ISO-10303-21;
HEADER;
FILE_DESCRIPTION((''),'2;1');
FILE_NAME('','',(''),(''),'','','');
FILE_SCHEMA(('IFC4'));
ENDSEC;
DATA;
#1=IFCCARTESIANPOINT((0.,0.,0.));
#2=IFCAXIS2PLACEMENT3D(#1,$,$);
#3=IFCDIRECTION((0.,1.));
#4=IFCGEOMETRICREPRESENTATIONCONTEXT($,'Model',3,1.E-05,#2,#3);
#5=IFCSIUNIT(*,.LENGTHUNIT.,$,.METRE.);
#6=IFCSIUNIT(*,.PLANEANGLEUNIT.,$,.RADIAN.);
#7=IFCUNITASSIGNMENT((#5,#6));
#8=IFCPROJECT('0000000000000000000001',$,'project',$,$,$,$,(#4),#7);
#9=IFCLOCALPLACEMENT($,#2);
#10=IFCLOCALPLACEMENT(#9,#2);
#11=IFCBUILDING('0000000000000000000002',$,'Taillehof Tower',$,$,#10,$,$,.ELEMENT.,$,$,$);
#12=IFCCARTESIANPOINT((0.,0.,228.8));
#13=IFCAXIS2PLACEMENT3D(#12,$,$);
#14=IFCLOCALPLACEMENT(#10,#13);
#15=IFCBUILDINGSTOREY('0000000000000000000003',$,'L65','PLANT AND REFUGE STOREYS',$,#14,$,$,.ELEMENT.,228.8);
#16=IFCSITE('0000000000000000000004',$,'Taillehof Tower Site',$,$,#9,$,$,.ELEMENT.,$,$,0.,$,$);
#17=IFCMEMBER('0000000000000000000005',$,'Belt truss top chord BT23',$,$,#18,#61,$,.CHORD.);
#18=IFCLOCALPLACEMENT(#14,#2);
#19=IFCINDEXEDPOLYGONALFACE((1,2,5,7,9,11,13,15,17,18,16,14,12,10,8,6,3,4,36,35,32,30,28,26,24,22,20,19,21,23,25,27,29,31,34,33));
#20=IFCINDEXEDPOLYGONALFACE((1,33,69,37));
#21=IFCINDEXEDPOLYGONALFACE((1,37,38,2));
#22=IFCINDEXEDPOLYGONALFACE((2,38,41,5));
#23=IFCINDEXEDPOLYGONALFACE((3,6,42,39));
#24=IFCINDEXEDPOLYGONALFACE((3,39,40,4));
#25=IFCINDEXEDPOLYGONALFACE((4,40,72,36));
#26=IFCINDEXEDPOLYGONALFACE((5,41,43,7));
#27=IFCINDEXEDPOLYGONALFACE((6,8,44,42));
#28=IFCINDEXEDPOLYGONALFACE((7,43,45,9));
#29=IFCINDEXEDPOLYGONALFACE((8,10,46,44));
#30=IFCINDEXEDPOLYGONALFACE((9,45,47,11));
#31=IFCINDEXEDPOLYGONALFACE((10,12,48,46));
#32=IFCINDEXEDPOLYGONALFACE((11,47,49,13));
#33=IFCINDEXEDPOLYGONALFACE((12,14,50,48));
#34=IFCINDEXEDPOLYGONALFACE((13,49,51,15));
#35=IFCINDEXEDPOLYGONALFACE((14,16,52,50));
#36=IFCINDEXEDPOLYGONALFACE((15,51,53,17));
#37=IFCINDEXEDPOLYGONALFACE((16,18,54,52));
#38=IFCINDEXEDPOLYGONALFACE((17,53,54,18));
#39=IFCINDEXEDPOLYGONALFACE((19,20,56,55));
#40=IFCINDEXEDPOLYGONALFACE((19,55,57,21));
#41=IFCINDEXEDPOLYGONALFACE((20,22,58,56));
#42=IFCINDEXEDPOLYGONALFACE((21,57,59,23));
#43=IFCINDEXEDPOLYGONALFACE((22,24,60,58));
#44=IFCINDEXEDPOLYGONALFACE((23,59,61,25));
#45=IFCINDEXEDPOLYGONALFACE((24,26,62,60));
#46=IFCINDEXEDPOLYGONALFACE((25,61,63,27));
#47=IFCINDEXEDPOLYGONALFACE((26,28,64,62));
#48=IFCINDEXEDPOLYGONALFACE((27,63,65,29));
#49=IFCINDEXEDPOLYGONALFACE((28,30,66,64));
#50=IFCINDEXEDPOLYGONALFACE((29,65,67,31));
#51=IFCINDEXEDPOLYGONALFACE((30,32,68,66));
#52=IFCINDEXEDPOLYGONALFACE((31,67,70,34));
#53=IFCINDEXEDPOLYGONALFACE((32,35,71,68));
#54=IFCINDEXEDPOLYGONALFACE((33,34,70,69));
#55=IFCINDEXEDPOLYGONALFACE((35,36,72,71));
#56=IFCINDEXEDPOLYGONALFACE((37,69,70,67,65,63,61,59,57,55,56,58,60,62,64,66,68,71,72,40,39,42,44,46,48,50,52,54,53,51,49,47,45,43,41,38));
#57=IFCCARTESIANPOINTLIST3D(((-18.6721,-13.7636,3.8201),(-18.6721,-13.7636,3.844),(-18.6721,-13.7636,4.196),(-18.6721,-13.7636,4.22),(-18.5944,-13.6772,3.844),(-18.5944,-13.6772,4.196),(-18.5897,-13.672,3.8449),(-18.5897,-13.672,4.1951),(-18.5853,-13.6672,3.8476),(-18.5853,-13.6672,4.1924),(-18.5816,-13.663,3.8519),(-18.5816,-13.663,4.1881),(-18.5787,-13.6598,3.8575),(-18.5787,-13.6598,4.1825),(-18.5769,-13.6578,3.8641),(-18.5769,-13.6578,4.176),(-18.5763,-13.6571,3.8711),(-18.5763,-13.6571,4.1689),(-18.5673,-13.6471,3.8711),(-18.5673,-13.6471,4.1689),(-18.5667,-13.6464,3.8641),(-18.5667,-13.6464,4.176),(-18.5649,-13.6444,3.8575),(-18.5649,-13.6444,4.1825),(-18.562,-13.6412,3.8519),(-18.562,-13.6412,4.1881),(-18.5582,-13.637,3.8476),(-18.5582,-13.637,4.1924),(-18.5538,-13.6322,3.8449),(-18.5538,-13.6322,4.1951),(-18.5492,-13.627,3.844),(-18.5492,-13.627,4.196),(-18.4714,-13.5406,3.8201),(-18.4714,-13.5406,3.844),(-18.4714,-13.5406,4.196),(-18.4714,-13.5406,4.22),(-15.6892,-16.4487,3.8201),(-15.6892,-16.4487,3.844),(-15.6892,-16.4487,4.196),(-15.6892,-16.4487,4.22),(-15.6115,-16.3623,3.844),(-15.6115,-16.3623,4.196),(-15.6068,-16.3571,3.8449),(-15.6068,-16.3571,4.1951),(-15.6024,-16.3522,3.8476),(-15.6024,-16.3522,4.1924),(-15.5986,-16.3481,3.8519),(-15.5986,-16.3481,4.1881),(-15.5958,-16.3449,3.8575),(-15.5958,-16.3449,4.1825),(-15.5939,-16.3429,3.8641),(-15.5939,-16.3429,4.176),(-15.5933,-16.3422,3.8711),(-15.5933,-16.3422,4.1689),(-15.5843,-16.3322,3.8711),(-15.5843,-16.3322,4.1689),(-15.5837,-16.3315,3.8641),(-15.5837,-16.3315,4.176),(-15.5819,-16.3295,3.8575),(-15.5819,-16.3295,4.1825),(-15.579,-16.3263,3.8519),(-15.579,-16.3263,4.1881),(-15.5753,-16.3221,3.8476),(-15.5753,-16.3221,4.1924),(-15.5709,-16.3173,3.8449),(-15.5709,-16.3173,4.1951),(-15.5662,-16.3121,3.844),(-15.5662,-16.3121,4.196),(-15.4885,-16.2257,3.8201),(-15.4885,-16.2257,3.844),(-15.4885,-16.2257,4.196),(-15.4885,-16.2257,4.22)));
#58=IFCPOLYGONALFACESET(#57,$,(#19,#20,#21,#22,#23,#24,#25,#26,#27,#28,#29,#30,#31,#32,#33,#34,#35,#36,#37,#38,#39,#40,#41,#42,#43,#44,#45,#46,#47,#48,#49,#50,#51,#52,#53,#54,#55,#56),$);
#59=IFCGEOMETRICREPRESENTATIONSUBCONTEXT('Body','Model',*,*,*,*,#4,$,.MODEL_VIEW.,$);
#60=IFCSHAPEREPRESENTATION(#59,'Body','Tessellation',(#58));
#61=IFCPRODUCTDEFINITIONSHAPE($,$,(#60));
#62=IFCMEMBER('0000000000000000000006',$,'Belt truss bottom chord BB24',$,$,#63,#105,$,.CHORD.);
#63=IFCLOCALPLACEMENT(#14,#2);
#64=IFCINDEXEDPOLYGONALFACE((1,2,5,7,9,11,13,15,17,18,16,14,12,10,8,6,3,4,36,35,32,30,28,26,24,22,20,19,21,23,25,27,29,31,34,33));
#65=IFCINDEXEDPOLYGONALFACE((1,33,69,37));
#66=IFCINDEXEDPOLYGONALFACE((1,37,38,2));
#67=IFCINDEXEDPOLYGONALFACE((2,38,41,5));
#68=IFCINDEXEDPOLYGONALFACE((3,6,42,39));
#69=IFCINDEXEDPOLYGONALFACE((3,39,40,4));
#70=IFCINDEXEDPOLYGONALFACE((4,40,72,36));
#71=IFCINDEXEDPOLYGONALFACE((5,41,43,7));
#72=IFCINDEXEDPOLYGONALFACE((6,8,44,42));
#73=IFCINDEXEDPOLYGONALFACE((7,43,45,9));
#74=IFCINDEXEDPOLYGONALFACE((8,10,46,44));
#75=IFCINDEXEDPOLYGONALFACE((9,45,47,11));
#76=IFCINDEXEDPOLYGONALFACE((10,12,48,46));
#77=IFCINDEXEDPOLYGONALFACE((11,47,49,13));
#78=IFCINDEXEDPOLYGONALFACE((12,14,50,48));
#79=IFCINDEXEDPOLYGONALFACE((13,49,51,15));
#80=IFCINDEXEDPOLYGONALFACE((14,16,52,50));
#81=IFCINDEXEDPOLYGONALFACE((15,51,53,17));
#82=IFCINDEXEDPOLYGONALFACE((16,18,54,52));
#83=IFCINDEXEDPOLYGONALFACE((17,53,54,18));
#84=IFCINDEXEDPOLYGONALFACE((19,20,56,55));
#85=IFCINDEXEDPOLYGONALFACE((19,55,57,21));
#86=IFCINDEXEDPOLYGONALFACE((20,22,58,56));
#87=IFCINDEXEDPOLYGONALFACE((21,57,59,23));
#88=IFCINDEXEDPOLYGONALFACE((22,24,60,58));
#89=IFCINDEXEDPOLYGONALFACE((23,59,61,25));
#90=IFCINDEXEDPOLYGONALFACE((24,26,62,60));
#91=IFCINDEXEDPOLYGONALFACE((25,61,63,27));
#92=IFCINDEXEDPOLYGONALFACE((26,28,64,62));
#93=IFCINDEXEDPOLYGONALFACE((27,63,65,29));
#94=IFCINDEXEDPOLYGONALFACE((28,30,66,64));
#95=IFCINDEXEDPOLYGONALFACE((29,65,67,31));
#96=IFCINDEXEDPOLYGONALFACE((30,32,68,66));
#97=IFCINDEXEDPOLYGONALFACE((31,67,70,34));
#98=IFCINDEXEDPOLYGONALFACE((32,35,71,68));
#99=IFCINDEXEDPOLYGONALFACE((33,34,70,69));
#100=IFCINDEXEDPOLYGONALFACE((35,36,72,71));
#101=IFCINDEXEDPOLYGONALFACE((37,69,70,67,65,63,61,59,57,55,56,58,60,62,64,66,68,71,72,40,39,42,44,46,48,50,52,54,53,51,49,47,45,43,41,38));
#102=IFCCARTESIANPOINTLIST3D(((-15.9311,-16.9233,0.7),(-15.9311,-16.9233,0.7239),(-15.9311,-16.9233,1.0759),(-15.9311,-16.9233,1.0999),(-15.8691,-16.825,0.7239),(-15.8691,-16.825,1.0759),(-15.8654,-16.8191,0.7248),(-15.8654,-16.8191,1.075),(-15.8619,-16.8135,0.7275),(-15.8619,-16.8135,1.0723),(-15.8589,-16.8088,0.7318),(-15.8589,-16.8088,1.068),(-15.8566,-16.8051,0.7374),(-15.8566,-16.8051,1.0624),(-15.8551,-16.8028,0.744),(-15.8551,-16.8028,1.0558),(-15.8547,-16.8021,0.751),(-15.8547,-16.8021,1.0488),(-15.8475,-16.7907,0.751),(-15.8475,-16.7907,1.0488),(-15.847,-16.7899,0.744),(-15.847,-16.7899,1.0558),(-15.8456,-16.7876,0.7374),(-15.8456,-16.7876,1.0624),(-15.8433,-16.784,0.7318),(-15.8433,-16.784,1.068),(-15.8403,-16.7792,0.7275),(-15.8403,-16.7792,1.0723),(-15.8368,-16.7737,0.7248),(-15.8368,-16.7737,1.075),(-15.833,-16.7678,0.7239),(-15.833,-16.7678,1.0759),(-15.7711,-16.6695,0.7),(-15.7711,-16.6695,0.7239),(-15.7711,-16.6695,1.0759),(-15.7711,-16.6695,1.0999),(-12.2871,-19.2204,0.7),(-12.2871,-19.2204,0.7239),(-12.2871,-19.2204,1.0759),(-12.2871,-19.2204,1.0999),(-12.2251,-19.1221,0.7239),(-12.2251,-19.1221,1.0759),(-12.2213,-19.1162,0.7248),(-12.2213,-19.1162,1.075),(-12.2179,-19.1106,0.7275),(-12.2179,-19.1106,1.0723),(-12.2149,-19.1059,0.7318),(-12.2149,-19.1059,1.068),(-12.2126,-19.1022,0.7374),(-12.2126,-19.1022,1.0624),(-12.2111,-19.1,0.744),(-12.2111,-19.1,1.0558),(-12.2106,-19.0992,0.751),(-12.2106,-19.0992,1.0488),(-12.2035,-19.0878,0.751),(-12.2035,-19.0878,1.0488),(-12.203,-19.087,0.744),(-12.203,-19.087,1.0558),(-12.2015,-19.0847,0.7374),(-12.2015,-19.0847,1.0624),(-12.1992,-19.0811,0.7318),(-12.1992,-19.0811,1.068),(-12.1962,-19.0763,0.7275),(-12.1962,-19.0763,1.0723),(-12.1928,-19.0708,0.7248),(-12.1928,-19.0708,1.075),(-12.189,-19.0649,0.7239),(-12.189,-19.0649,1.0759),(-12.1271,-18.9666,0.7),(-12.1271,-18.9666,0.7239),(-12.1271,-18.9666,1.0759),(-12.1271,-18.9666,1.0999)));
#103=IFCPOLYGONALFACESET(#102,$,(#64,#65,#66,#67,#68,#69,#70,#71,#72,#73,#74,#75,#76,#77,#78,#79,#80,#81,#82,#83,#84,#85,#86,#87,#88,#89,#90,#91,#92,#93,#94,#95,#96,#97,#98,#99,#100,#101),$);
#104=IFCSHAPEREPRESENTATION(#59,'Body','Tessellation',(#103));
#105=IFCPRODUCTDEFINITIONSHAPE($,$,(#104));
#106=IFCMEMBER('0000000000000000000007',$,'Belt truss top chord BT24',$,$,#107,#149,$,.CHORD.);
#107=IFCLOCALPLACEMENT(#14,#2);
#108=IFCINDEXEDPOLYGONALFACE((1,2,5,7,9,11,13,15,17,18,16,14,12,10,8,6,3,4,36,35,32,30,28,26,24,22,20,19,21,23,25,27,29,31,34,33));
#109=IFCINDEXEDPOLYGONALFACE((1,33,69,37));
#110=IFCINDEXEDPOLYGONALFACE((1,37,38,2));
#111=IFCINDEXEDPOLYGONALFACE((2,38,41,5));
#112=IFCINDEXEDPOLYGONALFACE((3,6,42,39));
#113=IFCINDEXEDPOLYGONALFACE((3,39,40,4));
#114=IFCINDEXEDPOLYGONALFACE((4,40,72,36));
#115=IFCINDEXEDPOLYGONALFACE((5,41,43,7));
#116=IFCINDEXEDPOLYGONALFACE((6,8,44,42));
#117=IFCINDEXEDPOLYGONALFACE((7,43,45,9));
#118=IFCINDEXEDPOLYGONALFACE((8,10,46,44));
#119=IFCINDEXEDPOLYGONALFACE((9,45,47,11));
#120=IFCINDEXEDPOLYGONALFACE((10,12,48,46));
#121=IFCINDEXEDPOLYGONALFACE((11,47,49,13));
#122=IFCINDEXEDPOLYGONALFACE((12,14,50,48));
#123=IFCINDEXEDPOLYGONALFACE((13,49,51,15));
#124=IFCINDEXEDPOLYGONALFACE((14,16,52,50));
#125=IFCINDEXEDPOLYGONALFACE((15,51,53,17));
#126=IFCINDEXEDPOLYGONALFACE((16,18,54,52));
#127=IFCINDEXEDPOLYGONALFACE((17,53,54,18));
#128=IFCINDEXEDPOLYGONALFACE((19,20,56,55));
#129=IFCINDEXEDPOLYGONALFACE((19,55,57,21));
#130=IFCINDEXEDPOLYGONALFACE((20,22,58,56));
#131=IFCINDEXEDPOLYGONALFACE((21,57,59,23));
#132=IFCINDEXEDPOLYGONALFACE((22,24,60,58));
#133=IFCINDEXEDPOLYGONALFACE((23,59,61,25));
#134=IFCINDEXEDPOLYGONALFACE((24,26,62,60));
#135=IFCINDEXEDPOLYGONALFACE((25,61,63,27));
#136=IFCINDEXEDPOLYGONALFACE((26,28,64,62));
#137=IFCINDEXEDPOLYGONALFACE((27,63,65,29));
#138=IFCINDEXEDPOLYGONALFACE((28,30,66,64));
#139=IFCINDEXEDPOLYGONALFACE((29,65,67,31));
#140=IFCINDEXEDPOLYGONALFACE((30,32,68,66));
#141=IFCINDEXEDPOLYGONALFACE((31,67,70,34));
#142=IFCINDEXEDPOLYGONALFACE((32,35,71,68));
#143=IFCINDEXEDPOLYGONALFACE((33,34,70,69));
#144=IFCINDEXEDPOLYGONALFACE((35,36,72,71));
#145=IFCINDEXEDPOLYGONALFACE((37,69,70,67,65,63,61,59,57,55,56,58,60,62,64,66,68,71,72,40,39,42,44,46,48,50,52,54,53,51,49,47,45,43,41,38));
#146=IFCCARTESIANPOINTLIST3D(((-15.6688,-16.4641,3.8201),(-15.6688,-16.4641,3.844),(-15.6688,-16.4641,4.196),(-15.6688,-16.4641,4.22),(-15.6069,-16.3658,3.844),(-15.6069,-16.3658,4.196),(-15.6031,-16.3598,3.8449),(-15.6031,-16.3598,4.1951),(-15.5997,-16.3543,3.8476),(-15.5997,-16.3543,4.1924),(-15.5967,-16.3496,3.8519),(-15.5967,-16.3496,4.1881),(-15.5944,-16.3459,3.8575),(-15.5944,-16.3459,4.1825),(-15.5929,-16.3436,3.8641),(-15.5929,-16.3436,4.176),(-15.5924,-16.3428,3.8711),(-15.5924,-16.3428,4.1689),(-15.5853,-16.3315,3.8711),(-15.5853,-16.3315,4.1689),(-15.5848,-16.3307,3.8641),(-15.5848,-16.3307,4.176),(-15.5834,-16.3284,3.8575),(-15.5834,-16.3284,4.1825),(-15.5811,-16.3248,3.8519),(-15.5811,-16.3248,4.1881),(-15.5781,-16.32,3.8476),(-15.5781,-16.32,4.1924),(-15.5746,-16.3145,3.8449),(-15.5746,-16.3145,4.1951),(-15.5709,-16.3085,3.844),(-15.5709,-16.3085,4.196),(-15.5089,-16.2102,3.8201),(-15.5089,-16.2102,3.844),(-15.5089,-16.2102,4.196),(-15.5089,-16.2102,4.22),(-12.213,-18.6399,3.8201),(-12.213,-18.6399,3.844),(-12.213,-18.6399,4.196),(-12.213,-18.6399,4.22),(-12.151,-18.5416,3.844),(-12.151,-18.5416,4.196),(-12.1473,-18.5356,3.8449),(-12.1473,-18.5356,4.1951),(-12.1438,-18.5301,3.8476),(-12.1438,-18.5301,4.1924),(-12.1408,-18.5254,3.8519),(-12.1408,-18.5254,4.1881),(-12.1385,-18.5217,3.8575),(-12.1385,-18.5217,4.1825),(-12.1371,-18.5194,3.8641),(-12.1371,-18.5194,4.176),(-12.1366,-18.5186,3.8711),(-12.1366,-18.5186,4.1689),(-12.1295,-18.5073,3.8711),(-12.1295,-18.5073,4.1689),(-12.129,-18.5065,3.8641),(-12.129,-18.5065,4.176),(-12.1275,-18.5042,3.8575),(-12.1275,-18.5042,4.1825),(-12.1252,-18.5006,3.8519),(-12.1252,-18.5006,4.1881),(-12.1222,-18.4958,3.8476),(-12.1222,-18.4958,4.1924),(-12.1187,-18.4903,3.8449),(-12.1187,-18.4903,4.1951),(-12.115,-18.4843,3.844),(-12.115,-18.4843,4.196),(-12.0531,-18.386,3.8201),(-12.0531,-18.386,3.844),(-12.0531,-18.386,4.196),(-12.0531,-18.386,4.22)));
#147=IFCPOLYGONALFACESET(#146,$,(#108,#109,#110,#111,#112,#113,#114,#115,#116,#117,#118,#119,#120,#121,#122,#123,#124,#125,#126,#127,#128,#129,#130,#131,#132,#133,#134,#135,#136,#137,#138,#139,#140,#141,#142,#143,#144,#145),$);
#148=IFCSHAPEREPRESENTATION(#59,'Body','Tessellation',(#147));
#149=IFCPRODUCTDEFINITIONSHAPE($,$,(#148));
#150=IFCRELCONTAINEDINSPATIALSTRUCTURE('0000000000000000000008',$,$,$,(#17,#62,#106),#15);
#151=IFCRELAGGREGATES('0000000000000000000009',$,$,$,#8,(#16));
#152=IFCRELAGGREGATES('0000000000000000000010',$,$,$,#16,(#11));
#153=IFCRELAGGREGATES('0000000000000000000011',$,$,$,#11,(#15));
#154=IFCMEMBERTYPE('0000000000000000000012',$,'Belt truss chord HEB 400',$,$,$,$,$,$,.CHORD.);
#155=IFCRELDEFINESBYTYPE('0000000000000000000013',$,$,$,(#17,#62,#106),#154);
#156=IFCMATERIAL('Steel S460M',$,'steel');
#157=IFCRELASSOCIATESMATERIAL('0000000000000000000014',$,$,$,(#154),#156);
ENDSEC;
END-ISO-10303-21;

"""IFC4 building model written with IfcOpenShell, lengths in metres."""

from ifc_helpers import new_model, si_unit, direction, frame, origin, origin_2d, place, context, subcontext, project, spatial, i_section, extrude, material, material_profile, profile_set, type_object, element, save


model = new_model("IFC4")

# Units and contexts
model_context = context("Model", 3, precision=1e-05, world=origin(), true_north=direction((0.0, 1.0)))
body_context = subcontext(model_context, "Body", "Model", "MODEL_VIEW")
ifc_project = project(units=[si_unit("LENGTHUNIT", "METRE"), si_unit("PLANEANGLEUNIT", "RADIAN")], contexts=[model_context])

# Site, building, storey
site_placement = place(None, origin())
site = spatial("IfcSite", under=ifc_project, at=site_placement, Name="Taillehof Tower Site", CompositionType="ELEMENT", RefElevation=0.0)
building_placement = place(site_placement, origin())
building = spatial("IfcBuilding", under=site, at=building_placement, Name="Taillehof Tower", CompositionType="ELEMENT")
storey_placement = place(building_placement, frame((0.0, 0.0, 228.8)))
storey = spatial("IfcBuildingStorey", under=building, at=storey_placement, Name="L65", Description="PLANT AND REFUGE STOREYS", CompositionType="ELEMENT", Elevation=228.8)

# Members
ifc_material_1 = material(Name="Steel S460M", Category="steel")
ifc_material_profile_1 = material_profile(ifc_material_1, i_section(OverallWidth=0.3, OverallDepth=0.3999, WebThickness=0.0134, FlangeThickness=0.0239, FilletRadius=0.0271, at=origin_2d()), Name="HEB 400")
ifc_profile_set_1 = profile_set([ifc_material_profile_1], Name="Steel S460M")
member_type_1 = type_object("IfcMemberType", Name="Belt truss chord HEB 400", PredefinedType="CHORD", material=ifc_profile_set_1)
member_1_placement = place(storey_placement, frame((-18.5718, -13.6521, 4.02), z_axis=(0.74324, -0.669025, 0.0), x_axis=(0.669025, 0.74324, 0.0)))
element("IfcMember", 1, at=member_1_placement, inside=storey, type_object=member_type_1, Name="Belt truss top chord BT23", PredefinedType="CHORD", context=body_context, shape_type="SweptSolid", body=[
    extrude(i_section(OverallWidth=0.3, OverallDepth=0.3999, WebThickness=0.0134, FlangeThickness=0.0239, FilletRadius=0.0271, at=origin_2d()), origin(), (0.0, 0.0, 1.0), 4.0134),
])
member_2_placement = place(storey_placement, frame((-15.8511, -16.7964, 0.8999), z_axis=(0.845948, -0.533266, 0.0), x_axis=(0.533266, 0.845948, 0.0)))
element("IfcMember", 2, at=member_2_placement, inside=storey, type_object=member_type_1, Name="Belt truss bottom chord BB24", PredefinedType="CHORD", context=body_context, shape_type="SweptSolid", body=[
    extrude(i_section(OverallWidth=0.3, OverallDepth=0.3999, WebThickness=0.0134, FlangeThickness=0.0239, FilletRadius=0.0271, at=origin_2d()), origin(), (0.0, 0.0, 1.0), 4.3076),
])
member_3_placement = place(storey_placement, frame((-15.5889, -16.3372, 4.02), z_axis=(0.846244, -0.532796, 0.0), x_axis=(0.532796, 0.846244, 0.0)))
element("IfcMember", 3, at=member_3_placement, inside=storey, type_object=member_type_1, Name="Belt truss top chord BT24", PredefinedType="CHORD", context=body_context, shape_type="SweptSolid", body=[
    extrude(i_section(OverallWidth=0.3, OverallDepth=0.3999, WebThickness=0.0134, FlangeThickness=0.0239, FilletRadius=0.0271, at=origin_2d()), origin(), (0.0, 0.0, 1.0), 4.0837),
])

save(model, "model.ifc")
